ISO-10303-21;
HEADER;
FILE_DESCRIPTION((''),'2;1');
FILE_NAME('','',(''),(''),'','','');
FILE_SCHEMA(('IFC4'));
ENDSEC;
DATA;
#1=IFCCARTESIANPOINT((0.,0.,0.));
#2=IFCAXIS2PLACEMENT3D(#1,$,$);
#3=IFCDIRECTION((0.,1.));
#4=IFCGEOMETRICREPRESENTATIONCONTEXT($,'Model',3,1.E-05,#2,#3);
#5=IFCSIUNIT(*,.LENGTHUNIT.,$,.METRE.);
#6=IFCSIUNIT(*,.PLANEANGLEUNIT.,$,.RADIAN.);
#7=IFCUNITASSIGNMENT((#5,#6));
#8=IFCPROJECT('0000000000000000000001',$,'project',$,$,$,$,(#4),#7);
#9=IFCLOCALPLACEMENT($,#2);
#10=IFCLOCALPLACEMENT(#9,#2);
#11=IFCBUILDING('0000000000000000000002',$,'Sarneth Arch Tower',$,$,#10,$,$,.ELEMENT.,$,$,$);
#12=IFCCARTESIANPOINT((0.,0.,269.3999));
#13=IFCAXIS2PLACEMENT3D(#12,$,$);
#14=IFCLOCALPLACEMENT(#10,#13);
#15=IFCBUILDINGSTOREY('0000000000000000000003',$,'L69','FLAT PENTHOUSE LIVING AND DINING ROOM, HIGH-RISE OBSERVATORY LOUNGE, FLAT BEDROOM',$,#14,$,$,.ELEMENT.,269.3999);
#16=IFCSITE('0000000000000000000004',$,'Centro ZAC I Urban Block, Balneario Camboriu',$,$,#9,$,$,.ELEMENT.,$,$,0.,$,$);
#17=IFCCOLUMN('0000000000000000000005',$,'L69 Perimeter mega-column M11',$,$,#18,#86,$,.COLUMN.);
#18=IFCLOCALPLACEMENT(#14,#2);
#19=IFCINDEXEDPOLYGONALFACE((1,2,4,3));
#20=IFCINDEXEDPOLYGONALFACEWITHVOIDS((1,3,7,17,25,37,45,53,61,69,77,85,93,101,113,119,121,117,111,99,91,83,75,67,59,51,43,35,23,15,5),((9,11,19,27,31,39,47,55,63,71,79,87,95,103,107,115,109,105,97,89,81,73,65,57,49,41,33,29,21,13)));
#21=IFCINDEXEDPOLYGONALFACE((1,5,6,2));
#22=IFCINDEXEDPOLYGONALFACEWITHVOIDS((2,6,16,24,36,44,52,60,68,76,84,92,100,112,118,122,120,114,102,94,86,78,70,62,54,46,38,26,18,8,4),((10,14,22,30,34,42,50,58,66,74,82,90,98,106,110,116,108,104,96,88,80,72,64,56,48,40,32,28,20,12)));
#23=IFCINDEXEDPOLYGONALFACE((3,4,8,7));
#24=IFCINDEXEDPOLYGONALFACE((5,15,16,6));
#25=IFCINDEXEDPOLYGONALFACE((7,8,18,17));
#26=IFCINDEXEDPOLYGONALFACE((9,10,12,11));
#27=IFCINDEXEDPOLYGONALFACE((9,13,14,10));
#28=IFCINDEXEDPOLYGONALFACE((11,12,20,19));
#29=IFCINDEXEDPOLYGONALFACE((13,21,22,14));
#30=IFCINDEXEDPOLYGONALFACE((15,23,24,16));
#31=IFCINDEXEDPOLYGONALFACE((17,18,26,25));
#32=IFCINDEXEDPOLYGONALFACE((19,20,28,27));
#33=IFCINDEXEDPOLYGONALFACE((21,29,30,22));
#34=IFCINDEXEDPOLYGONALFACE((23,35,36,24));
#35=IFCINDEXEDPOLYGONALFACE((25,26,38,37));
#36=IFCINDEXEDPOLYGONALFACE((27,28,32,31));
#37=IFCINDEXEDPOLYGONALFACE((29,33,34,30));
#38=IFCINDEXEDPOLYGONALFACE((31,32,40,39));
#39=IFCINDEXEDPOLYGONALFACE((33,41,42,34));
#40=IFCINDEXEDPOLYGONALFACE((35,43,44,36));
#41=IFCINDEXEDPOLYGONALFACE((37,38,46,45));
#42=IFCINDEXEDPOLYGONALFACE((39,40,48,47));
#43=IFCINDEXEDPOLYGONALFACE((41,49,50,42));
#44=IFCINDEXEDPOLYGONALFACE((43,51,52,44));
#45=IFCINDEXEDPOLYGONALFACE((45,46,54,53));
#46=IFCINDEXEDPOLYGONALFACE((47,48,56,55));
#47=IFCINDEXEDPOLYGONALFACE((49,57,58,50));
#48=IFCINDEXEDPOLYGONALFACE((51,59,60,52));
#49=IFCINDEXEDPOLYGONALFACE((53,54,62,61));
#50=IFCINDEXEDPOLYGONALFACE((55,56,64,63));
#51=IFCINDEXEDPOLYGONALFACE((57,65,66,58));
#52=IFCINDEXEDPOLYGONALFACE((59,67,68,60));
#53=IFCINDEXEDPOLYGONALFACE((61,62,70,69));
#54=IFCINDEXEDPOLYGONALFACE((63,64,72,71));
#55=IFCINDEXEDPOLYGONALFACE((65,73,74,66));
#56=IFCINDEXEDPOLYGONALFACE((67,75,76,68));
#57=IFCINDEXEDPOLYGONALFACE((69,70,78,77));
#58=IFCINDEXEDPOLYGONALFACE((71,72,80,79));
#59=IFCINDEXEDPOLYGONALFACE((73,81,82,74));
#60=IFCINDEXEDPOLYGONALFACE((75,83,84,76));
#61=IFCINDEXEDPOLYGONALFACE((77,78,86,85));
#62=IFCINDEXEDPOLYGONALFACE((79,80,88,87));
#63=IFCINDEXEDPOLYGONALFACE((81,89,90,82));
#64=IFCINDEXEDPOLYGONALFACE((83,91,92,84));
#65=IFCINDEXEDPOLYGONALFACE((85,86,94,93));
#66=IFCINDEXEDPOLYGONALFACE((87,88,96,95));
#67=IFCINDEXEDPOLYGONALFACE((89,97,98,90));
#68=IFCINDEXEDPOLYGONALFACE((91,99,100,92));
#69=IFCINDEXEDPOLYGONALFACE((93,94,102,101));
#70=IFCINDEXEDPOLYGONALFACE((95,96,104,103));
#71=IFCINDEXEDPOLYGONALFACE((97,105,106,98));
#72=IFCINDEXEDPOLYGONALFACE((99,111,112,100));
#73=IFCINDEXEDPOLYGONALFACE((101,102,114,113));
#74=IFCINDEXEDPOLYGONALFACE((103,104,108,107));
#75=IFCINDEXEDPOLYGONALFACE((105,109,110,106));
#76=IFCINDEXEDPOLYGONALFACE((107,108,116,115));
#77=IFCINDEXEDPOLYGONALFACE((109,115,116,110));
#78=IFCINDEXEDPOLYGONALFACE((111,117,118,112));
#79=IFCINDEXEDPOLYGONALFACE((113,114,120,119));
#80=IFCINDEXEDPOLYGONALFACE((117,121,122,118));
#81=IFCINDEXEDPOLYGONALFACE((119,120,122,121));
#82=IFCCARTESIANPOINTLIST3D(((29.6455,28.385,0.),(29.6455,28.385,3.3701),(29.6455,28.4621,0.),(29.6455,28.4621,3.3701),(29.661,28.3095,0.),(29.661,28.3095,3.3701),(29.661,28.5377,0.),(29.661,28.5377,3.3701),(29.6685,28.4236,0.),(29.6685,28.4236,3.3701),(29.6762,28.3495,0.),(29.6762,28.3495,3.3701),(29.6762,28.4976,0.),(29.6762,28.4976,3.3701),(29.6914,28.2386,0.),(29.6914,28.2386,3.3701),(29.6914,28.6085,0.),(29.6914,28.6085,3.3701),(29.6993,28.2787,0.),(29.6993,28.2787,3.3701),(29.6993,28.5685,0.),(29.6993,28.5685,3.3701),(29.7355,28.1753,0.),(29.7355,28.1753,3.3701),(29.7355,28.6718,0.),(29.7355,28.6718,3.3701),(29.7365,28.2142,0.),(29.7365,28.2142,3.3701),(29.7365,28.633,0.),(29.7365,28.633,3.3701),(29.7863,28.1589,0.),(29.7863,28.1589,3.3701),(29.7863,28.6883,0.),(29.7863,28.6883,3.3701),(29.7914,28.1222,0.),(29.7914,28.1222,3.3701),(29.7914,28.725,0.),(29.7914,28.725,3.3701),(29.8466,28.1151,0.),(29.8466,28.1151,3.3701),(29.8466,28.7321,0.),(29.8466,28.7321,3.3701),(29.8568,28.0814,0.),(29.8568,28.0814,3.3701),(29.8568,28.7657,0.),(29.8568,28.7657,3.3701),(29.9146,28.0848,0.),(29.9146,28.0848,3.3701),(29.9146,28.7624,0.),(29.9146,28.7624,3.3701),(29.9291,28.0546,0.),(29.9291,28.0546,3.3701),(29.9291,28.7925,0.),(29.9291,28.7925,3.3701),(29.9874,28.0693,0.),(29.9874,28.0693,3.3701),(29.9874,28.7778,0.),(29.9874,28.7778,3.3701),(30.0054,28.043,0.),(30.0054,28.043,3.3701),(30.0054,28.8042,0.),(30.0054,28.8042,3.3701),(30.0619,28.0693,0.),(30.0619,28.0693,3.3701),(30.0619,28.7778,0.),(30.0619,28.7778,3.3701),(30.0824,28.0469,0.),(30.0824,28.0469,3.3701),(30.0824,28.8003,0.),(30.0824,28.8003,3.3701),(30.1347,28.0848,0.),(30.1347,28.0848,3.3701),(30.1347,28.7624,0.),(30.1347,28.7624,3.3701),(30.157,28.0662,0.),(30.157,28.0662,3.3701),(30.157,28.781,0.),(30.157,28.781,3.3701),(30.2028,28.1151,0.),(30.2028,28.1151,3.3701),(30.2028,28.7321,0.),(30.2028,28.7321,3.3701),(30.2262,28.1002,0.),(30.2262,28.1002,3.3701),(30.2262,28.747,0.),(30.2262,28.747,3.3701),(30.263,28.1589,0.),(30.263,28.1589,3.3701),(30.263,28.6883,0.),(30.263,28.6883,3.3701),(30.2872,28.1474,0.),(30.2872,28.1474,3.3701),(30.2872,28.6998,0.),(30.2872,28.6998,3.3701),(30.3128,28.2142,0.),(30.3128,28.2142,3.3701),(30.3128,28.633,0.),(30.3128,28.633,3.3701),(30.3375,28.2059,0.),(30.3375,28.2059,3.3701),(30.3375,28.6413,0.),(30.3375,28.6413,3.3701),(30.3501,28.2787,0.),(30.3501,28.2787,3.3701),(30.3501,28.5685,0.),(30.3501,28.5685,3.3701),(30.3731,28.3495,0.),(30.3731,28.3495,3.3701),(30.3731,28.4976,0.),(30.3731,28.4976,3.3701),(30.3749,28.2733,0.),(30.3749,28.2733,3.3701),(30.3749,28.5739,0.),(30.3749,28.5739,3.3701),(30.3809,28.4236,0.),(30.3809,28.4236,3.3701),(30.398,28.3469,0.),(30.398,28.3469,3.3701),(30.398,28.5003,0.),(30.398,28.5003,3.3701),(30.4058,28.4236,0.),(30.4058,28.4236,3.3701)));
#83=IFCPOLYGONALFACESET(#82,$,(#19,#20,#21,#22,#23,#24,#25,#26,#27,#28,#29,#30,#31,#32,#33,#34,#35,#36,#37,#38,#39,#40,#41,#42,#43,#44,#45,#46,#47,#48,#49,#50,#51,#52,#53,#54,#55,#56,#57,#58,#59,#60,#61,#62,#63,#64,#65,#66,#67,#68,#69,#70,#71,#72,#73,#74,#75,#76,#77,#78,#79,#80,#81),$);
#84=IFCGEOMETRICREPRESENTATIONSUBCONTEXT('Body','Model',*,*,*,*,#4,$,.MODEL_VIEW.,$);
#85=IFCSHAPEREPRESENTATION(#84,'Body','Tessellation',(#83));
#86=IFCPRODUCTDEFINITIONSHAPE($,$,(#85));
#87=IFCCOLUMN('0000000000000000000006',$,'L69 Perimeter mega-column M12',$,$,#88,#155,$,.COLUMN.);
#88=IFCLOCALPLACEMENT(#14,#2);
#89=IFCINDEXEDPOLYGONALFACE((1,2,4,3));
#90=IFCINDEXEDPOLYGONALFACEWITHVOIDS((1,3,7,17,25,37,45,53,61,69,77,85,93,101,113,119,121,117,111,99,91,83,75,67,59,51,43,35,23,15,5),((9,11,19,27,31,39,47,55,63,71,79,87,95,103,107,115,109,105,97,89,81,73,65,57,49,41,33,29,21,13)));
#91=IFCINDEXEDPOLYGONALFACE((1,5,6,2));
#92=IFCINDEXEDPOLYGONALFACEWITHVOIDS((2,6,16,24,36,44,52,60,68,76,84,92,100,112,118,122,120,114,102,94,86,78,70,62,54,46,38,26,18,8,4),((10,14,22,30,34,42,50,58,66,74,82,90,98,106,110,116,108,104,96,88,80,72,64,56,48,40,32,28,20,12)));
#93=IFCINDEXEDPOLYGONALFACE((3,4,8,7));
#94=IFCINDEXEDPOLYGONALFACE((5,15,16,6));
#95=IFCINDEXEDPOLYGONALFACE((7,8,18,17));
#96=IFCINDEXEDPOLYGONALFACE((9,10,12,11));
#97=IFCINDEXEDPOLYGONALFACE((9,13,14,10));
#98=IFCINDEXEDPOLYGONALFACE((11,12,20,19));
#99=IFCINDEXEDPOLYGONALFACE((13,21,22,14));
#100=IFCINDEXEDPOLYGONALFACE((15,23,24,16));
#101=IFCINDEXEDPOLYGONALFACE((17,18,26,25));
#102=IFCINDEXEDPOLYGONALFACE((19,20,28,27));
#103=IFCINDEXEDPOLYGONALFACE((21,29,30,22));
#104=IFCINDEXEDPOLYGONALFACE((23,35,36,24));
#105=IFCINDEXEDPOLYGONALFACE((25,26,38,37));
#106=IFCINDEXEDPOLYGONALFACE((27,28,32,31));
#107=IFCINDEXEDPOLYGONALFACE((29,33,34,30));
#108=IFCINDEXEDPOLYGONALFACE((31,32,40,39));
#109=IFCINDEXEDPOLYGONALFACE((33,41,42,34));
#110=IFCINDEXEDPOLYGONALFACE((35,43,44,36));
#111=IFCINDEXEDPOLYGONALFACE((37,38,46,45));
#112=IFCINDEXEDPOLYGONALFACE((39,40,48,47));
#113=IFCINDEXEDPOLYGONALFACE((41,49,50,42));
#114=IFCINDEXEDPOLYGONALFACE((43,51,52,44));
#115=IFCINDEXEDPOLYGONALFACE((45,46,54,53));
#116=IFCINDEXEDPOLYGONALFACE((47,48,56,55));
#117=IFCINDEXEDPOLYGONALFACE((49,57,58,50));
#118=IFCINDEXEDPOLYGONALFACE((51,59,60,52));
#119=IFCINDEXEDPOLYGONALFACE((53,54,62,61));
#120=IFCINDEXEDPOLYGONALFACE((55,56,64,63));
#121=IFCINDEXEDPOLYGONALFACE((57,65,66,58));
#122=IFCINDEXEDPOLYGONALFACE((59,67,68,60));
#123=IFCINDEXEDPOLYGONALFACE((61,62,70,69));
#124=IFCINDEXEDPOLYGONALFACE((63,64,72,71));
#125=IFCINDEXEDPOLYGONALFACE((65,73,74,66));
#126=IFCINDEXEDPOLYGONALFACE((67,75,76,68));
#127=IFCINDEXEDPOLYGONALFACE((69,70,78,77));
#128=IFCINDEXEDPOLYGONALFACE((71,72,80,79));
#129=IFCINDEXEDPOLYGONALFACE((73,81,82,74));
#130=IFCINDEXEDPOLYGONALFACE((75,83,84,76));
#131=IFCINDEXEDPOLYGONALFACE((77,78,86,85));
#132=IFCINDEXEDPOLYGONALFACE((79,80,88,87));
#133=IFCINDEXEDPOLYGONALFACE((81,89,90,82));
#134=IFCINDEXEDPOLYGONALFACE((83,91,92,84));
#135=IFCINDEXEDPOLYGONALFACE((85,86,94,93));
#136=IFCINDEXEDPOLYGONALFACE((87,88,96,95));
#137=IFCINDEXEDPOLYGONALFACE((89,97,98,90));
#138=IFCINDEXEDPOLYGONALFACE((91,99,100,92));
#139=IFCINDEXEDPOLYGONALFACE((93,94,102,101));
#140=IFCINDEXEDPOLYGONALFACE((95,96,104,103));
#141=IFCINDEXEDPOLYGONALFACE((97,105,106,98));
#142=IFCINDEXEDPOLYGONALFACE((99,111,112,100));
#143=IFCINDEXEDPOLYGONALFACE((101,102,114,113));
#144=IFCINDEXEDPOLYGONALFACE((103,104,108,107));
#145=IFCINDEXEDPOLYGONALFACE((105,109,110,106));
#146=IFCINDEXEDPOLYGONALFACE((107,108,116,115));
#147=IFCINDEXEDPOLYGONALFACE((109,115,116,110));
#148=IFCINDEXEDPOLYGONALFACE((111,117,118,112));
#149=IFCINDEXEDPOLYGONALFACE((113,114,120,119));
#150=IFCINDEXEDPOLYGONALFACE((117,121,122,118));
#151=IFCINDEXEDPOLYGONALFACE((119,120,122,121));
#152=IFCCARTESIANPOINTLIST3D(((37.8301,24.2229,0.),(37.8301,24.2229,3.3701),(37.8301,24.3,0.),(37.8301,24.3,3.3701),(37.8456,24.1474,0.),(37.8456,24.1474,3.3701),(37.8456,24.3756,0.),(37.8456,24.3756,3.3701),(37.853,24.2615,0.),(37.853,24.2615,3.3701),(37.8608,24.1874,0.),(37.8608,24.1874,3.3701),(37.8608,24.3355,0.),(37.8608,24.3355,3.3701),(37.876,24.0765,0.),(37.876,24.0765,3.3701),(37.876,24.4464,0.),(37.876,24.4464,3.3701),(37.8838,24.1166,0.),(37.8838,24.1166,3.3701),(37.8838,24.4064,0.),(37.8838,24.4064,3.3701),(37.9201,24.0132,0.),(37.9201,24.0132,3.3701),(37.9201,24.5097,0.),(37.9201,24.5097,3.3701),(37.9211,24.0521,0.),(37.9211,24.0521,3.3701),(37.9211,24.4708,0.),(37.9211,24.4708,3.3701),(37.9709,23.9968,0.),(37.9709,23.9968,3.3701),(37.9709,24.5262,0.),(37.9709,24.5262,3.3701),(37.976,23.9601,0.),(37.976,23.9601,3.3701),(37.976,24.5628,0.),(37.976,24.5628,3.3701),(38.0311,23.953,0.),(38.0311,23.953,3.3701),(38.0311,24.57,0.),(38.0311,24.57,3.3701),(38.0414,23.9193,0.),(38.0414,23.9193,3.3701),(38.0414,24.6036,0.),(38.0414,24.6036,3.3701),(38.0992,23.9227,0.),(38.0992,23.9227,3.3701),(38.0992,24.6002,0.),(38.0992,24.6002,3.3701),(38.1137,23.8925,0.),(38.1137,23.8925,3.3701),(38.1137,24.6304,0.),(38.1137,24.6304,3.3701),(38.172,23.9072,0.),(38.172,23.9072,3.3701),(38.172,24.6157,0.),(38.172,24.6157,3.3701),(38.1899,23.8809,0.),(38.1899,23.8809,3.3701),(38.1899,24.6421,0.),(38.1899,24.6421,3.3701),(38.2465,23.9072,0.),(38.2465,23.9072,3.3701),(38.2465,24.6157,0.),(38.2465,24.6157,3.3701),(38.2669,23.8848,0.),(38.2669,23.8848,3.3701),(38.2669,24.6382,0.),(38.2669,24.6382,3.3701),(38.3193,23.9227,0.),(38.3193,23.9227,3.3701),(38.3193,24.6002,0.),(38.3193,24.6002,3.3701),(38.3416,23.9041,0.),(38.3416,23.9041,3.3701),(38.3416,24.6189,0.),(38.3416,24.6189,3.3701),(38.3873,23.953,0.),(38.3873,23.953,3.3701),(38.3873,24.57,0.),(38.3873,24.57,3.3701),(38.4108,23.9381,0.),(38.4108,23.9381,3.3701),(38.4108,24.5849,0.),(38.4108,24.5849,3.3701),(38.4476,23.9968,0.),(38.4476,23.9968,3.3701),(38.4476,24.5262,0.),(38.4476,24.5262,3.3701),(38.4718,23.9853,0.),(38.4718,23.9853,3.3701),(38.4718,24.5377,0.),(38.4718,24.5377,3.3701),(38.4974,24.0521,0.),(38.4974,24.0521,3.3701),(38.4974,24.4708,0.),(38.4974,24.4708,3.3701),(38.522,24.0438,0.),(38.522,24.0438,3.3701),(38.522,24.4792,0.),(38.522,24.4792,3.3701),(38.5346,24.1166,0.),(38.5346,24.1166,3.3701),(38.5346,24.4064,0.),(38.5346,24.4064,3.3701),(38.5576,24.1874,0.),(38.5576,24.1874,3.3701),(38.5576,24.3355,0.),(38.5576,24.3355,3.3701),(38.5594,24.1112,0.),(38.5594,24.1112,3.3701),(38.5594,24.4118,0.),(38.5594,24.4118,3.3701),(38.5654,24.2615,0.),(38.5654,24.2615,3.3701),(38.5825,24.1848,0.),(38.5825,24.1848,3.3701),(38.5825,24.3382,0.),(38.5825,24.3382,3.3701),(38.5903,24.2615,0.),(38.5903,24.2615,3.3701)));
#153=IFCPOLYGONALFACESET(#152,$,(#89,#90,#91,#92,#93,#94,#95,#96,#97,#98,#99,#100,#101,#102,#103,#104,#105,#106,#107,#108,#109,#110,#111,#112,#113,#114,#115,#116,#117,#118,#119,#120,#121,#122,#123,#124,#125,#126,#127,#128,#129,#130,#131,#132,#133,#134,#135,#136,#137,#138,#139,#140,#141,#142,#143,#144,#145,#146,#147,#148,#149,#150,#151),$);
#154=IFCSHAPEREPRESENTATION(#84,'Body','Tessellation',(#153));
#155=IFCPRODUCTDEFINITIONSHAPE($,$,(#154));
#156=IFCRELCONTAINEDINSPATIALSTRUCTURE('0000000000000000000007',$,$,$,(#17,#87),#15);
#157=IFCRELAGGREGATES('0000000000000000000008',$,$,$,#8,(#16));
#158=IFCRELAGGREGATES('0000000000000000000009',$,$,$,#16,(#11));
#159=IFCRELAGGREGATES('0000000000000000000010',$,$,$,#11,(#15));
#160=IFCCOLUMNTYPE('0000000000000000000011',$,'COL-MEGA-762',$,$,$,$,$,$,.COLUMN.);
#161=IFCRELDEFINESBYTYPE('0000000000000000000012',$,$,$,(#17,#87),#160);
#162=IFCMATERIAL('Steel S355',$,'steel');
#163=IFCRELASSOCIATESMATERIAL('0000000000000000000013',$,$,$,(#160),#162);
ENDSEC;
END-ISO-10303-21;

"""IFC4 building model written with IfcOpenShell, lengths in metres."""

from ifc_helpers import new_model, si_unit, direction, frame, origin, origin_2d, place, context, subcontext, project, spatial, hollow_circle, extrude, material, material_profile, profile_set, type_object, element, save


model = new_model("IFC4")

# Units and contexts
model_context = context("Model", 3, precision=1e-05, world=origin(), true_north=direction((0.0, 1.0)))
body_context = subcontext(model_context, "Body", "Model", "MODEL_VIEW")
ifc_project = project(units=[si_unit("LENGTHUNIT", "METRE"), si_unit("PLANEANGLEUNIT", "RADIAN")], contexts=[model_context])

# Site, building, storey
site_placement = place(None, origin())
site = spatial("IfcSite", under=ifc_project, at=site_placement, Name="Centro ZAC I Urban Block, Balneario Camboriu", CompositionType="ELEMENT", RefElevation=0.0)
building_placement = place(site_placement, origin())
building = spatial("IfcBuilding", under=site, at=building_placement, Name="Sarneth Arch Tower", CompositionType="ELEMENT")
storey_placement = place(building_placement, frame((0.0, 0.0, 269.3999)))
storey = spatial("IfcBuildingStorey", under=building, at=storey_placement, Name="L69", Description="FLAT PENTHOUSE LIVING AND DINING ROOM, HIGH-RISE OBSERVATORY LOUNGE, FLAT BEDROOM", CompositionType="ELEMENT", Elevation=269.3999)

# Columns
ifc_material_1 = material(Name="Steel S355", Category="steel")
ifc_material_profile_1 = material_profile(ifc_material_1, hollow_circle(Radius=0.3811, WallThickness=0.0249, at=origin_2d()), Name="CHS762x25")
ifc_profile_set_1 = profile_set([ifc_material_profile_1], Name="Steel S355")
column_type = type_object("IfcColumnType", Name="COL-MEGA-762", PredefinedType="COLUMN", material=ifc_profile_set_1)
for number, where, z_axis, x_axis, name in (
    (1, (30.0247, 28.4236, 0.0), (0.0, 0.0, 1.0), (1.0, 0.0, 0.0), "L69 Perimeter mega-column M11"),
    (2, (38.2092, 24.2615, 0.0), (0.0, 0.0, 1.0), (1.0, 0.0, 0.0), "L69 Perimeter mega-column M12"),
):
    element("IfcColumn", number, at=place(storey_placement, frame(where, z_axis=z_axis, x_axis=x_axis)), inside=storey, type_object=column_type, Name=name, PredefinedType="COLUMN", context=body_context, shape_type="SweptSolid", body=[
        extrude(hollow_circle(Radius=0.3811, WallThickness=0.0249, at=origin_2d()), origin(), (0.0, 0.0, 1.0), 3.3701),
    ])

save(model, "model.ifc")
